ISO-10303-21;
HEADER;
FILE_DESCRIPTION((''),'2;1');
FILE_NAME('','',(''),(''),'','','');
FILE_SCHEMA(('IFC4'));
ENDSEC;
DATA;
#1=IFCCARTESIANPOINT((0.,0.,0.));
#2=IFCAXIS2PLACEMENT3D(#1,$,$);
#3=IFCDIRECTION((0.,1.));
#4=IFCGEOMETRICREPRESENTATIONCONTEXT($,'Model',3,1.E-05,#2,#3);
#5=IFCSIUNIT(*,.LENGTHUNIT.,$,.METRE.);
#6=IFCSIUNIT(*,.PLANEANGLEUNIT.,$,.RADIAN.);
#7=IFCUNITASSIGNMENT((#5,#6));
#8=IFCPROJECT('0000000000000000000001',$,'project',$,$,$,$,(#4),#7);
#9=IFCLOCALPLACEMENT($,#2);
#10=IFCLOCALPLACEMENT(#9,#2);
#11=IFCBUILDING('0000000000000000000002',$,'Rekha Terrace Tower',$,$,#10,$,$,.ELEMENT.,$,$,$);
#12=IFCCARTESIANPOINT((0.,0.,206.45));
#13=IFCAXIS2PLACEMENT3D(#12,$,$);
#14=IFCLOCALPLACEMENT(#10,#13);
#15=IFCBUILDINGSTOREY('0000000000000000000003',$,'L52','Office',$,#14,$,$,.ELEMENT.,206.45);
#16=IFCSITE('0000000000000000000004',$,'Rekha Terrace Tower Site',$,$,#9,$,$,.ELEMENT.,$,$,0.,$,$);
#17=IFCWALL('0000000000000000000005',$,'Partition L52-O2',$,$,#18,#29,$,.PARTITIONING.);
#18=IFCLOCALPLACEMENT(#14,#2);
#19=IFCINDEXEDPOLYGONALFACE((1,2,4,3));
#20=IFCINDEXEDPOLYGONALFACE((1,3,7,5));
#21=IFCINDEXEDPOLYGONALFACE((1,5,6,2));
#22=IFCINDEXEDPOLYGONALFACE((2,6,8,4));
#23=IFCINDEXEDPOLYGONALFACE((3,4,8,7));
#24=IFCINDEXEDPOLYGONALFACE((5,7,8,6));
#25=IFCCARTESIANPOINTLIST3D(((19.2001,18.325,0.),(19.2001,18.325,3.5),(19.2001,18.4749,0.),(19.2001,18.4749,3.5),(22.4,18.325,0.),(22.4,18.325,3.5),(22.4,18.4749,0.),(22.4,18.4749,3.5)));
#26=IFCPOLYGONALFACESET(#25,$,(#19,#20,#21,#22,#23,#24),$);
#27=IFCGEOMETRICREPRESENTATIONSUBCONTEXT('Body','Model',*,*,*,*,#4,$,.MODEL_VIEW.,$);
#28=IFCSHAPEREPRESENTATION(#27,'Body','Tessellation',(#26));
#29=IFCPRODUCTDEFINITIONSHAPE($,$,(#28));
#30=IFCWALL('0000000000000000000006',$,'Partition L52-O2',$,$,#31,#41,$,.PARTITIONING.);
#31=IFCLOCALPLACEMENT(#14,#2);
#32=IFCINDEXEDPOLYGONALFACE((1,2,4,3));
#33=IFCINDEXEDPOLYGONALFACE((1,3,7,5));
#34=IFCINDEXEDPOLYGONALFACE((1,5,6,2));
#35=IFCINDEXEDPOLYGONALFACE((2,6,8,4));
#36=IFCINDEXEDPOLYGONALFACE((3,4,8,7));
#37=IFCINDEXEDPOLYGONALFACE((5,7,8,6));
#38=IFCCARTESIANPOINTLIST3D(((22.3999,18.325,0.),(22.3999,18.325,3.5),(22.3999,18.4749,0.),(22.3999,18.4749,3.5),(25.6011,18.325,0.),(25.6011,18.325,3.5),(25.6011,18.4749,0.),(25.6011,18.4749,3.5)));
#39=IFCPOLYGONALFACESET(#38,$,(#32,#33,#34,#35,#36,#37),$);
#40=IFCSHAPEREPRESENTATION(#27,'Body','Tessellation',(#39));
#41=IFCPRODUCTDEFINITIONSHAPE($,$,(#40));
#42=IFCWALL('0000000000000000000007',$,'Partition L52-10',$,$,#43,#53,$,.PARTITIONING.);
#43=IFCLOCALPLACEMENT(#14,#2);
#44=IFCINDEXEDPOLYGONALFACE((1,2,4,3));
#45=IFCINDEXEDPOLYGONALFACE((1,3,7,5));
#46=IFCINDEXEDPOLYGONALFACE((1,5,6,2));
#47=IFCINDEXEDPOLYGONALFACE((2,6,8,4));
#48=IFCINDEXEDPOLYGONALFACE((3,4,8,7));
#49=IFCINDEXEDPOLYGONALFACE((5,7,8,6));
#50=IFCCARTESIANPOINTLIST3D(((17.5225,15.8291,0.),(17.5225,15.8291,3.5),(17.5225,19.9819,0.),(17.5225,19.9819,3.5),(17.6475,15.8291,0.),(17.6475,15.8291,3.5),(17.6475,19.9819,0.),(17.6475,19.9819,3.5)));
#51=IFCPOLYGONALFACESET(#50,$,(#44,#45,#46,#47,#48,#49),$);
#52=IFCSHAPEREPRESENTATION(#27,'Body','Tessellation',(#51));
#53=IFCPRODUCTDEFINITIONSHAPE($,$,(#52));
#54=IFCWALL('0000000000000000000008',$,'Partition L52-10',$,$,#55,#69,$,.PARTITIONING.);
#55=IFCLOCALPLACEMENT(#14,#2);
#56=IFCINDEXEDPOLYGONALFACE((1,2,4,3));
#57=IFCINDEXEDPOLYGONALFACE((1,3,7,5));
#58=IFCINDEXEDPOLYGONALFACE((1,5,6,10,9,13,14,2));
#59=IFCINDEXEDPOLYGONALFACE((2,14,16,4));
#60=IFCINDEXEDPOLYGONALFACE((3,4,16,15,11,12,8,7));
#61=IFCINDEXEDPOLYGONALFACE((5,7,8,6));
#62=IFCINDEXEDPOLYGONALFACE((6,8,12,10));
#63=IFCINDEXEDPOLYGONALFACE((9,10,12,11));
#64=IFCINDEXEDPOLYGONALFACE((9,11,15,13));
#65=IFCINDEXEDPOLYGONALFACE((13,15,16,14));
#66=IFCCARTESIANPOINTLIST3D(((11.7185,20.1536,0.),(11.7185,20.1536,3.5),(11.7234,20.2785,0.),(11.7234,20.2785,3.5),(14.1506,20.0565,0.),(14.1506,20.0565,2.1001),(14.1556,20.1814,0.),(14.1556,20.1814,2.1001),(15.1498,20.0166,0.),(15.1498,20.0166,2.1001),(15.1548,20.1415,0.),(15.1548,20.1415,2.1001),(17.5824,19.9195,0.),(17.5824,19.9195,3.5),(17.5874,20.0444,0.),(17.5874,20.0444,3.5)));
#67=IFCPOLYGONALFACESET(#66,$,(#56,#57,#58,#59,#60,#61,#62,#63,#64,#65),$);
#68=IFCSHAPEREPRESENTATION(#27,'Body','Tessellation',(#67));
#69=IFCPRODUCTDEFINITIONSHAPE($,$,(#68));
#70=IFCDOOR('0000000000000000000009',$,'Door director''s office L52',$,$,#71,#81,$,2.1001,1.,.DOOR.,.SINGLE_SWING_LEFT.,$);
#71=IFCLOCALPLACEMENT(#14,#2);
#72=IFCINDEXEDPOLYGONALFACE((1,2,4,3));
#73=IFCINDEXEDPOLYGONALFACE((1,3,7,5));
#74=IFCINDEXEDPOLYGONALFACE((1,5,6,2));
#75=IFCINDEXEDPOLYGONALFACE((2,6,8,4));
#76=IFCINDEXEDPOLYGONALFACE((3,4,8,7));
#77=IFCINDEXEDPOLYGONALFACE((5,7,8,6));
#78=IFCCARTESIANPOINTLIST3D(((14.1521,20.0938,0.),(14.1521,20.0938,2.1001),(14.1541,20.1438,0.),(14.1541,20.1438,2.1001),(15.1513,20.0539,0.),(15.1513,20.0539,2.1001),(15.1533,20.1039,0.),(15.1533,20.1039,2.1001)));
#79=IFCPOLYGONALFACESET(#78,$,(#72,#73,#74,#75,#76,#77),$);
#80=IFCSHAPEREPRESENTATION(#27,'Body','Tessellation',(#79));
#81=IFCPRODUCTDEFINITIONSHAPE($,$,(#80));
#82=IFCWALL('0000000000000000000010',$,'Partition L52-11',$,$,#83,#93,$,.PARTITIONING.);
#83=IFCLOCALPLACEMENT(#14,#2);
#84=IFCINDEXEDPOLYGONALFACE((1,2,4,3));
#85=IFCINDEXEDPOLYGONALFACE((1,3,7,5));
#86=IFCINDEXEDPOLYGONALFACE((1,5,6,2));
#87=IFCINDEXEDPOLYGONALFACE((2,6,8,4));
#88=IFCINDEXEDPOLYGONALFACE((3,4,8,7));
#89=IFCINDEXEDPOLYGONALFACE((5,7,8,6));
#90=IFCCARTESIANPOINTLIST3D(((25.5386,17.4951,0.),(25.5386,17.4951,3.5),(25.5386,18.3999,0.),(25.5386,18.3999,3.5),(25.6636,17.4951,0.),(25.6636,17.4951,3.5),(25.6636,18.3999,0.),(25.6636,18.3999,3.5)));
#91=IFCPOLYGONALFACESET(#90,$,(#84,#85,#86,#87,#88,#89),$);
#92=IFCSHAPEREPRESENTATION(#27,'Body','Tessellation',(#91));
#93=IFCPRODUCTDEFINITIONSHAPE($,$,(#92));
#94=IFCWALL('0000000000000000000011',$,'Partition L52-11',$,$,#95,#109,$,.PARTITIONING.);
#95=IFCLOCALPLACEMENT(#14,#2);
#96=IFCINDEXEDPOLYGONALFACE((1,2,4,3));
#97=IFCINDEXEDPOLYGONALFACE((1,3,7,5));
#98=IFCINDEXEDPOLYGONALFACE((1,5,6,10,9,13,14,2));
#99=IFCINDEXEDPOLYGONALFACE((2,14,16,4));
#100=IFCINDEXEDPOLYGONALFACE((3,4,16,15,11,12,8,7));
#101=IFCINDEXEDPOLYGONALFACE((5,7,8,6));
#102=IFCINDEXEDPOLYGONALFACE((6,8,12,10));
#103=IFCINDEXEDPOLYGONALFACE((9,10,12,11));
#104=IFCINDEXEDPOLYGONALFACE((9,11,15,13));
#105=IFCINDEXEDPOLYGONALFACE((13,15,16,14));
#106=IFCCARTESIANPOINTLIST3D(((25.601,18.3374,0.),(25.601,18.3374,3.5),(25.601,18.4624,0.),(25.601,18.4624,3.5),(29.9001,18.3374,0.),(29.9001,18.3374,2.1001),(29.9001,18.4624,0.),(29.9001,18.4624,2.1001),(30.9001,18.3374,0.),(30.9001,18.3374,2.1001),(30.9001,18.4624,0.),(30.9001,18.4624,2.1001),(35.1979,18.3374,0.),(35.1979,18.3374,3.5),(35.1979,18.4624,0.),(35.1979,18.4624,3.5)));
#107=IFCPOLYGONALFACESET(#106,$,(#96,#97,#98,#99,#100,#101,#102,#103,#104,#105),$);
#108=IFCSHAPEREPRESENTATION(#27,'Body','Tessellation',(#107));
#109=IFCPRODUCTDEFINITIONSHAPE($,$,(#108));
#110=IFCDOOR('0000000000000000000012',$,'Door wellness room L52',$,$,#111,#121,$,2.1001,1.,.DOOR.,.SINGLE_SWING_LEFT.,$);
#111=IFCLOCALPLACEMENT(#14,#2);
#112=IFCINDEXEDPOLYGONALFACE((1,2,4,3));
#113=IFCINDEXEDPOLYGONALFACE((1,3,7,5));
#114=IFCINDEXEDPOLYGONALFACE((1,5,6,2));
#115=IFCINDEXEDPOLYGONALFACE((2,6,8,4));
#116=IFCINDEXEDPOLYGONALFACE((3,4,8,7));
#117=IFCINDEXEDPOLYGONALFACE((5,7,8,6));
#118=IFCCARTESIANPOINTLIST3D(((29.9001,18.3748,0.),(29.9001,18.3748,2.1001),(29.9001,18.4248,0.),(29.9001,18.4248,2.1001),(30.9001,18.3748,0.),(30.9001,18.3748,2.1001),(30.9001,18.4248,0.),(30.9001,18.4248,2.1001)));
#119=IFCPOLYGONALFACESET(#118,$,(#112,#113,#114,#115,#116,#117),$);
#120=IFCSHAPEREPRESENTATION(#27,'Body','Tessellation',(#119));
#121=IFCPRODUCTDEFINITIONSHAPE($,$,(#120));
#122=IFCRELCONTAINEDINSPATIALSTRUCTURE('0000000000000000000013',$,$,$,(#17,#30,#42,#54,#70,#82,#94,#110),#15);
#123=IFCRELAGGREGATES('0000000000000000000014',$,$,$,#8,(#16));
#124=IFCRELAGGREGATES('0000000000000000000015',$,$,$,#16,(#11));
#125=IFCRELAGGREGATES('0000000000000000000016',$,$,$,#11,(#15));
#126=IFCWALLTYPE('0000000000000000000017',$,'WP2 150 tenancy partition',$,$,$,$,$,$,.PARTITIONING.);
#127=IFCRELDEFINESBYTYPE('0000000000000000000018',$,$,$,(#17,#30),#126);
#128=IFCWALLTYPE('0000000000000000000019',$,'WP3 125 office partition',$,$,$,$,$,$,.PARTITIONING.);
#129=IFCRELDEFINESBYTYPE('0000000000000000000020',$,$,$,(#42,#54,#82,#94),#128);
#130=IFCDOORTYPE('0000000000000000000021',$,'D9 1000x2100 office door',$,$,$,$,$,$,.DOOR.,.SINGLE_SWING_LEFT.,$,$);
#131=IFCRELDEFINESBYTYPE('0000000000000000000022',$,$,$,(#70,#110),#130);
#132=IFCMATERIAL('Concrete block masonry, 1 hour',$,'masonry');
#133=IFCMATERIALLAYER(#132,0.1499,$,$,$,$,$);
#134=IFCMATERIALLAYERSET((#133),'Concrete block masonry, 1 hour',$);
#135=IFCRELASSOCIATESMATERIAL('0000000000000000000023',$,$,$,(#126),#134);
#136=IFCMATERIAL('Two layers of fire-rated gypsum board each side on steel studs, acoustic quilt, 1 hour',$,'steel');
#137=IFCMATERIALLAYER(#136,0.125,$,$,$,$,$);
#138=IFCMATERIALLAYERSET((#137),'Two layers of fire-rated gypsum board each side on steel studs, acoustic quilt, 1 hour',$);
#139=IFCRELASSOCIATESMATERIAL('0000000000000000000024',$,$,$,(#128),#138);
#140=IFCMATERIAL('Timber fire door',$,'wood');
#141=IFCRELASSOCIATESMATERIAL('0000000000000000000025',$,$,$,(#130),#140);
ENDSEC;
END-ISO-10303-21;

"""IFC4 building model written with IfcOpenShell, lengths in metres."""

from ifc_helpers import new_model, si_unit, direction, frame, frame_2d, origin, place, context, subcontext, project, spatial, rectangle, extrude, material, layer, layer_set, type_object, element, fill, save


model = new_model("IFC4")

# Units and contexts
model_context = context("Model", 3, precision=1e-05, world=origin(), true_north=direction((0.0, 1.0)))
body_context = subcontext(model_context, "Body", "Model", "MODEL_VIEW")
ifc_project = project(units=[si_unit("LENGTHUNIT", "METRE"), si_unit("PLANEANGLEUNIT", "RADIAN")], contexts=[model_context])

# Site, building, storey
site_placement = place(None, origin())
site = spatial("IfcSite", under=ifc_project, at=site_placement, Name="Rekha Terrace Tower Site", CompositionType="ELEMENT", RefElevation=0.0)
building_placement = place(site_placement, origin())
building = spatial("IfcBuilding", under=site, at=building_placement, Name="Rekha Terrace Tower", CompositionType="ELEMENT")
storey_placement = place(building_placement, frame((0.0, 0.0, 206.45)))
storey = spatial("IfcBuildingStorey", under=building, at=storey_placement, Name="L52", Description="Office", CompositionType="ELEMENT", Elevation=206.45)

# Shared definitions
ifc_material_1 = material(Name="Concrete block masonry, 1 hour", Category="masonry")
ifc_layer_1 = layer(ifc_material_1, 0.1499)
ifc_layer_set_1 = layer_set([ifc_layer_1], Name="Concrete block masonry, 1 hour")
wall_type_1 = type_object("IfcWallType", Name="WP2 150 tenancy partition", PredefinedType="PARTITIONING", material=ifc_layer_set_1)

# Walls
wall_1_placement = place(storey_placement, frame((19.2, 18.3999, 0.0), z_axis=(0.0, 0.0, 1.0), x_axis=(1.0, 0.0, 0.0)))
element("IfcWall", 1, at=wall_1_placement, inside=storey, type_object=wall_type_1, Name="Partition L52-O2", PredefinedType="PARTITIONING", context=body_context, shape_type="SweptSolid", body=[
    extrude(rectangle(XDim=3.2, YDim=0.1499, at=frame_2d((1.6001, 0.0))), origin(), (0.0, 0.0, 1.0), 3.5),
])
wall_2_placement = place(storey_placement, frame((22.3999, 18.3999, 0.0), z_axis=(0.0, 0.0, 1.0), x_axis=(1.0, 0.0, 0.0)))
element("IfcWall", 2, at=wall_2_placement, inside=storey, type_object=wall_type_1, Name="Partition L52-O2", PredefinedType="PARTITIONING", context=body_context, shape_type="SweptSolid", body=[
    extrude(rectangle(XDim=3.2012, YDim=0.1499, at=frame_2d((1.6006, 0.0))), origin(), (0.0, 0.0, 1.0), 3.5),
])
ifc_material_2 = material(Name="Two layers of fire-rated gypsum board each side on steel studs, acoustic quilt, 1 hour", Category="steel")
ifc_layer_2 = layer(ifc_material_2, 0.125)
ifc_layer_set_2 = layer_set([ifc_layer_2], Name="Two layers of fire-rated gypsum board each side on steel studs, acoustic quilt, 1 hour")
wall_type_2 = type_object("IfcWallType", Name="WP3 125 office partition", PredefinedType="PARTITIONING", material=ifc_layer_set_2)
wall_3_placement = place(storey_placement, frame((17.585, 19.9819, 0.0), z_axis=(0.0, 0.0, 1.0), x_axis=(0.0, -1.0, 0.0)))
element("IfcWall", 3, at=wall_3_placement, inside=storey, type_object=wall_type_2, Name="Partition L52-10", PredefinedType="PARTITIONING", context=body_context, shape_type="SweptSolid", body=[
    extrude(rectangle(XDim=4.1528, YDim=0.125, at=frame_2d((2.0764, 0.0))), origin(), (0.0, 0.0, 1.0), 3.5),
])

# Wall, opening, door
wall_4_placement = place(storey_placement, frame((11.7209, 20.2161, 0.0), z_axis=(0.0, 0.0, 1.0), x_axis=(0.999204, -0.039895, 0.0)))
wall_4 = element("IfcWall", 4, at=wall_4_placement, inside=storey, type_object=wall_type_2, Name="Partition L52-10", PredefinedType="PARTITIONING", context=body_context, shape_type="SweptSolid", body=[
    extrude(rectangle(XDim=5.8687, YDim=0.125, at=frame_2d((2.9343, 0.0))), origin(), (0.0, 0.0, 1.0), 3.5),
])
opening_1_placement = place(wall_4_placement, frame((2.4341, 0.0, 0.0)))
opening_1 = element("IfcOpeningElement", 5, at=opening_1_placement, cuts=wall_4, PredefinedType="OPENING", context=body_context, shape_type="SweptSolid", body=[
    extrude(rectangle(XDim=1.0, YDim=2.1001, at=frame_2d((0.5, 1.05))), frame((0.0, 0.0725, 0.0), z_axis=(0.0, -1.0, 0.0), x_axis=(1.0, 0.0, 0.0)), (0.0, 0.0, 1.0), 0.145),
])
ifc_material_3 = material(Name="Timber fire door", Category="wood")
door_type_1 = type_object("IfcDoorType", Name="D9 1000x2100 office door", OperationType="SINGLE_SWING_LEFT", PredefinedType="DOOR", material=ifc_material_3)
door_1_placement = place(opening_1_placement, origin())
door_1 = element("IfcDoor", 6, at=door_1_placement, inside=storey, type_object=door_type_1, Name="Door director's office L52", OperationType="SINGLE_SWING_LEFT", OverallHeight=2.1001, OverallWidth=1.0, PredefinedType="DOOR", context=body_context, shape_type="SweptSolid", body=[
    extrude(rectangle(XDim=1.0, YDim=2.1001, at=frame_2d((0.5, 1.05))), frame((0.0, 0.0249, 0.0), z_axis=(0.0, -1.0, 0.0), x_axis=(1.0, 0.0, 0.0)), (0.0, 0.0, 1.0), 0.05),
])
fill(opening_1, door_1)

# Wall
wall_5_placement = place(storey_placement, frame((25.6011, 17.4951, 0.0), z_axis=(0.0, 0.0, 1.0), x_axis=(0.0, 1.0, 0.0)))
element("IfcWall", 7, at=wall_5_placement, inside=storey, type_object=wall_type_2, Name="Partition L52-11", PredefinedType="PARTITIONING", context=body_context, shape_type="SweptSolid", body=[
    extrude(rectangle(XDim=0.9048, YDim=0.125, at=frame_2d((0.4524, 0.0))), origin(), (0.0, 0.0, 1.0), 3.5),
])

# Wall, opening, door
wall_6_placement = place(storey_placement, frame((25.6011, 18.3999, 0.0), z_axis=(0.0, 0.0, 1.0), x_axis=(1.0, 0.0, 0.0)))
wall_6 = element("IfcWall", 8, at=wall_6_placement, inside=storey, type_object=wall_type_2, Name="Partition L52-11", PredefinedType="PARTITIONING", context=body_context, shape_type="SweptSolid", body=[
    extrude(rectangle(XDim=9.5969, YDim=0.125, at=frame_2d((4.7983, 0.0))), origin(), (0.0, 0.0, 1.0), 3.5),
])
opening_2_placement = place(wall_6_placement, frame((4.2991, 0.0, 0.0)))
opening_2 = element("IfcOpeningElement", 9, at=opening_2_placement, cuts=wall_6, PredefinedType="OPENING", context=body_context, shape_type="SweptSolid", body=[
    extrude(rectangle(XDim=1.0, YDim=2.1001, at=frame_2d((0.5, 1.05))), frame((0.0, 0.0725, 0.0), z_axis=(0.0, -1.0, 0.0), x_axis=(1.0, 0.0, 0.0)), (0.0, 0.0, 1.0), 0.145),
])
door_2_placement = place(opening_2_placement, origin())
door_2 = element("IfcDoor", 10, at=door_2_placement, inside=storey, type_object=door_type_1, Name="Door wellness room L52", OperationType="SINGLE_SWING_LEFT", OverallHeight=2.1001, OverallWidth=1.0, PredefinedType="DOOR", context=body_context, shape_type="SweptSolid", body=[
    extrude(rectangle(XDim=1.0, YDim=2.1001, at=frame_2d((0.5, 1.05))), frame((0.0, 0.0249, 0.0), z_axis=(0.0, -1.0, 0.0), x_axis=(1.0, 0.0, 0.0)), (0.0, 0.0, 1.0), 0.05),
])
fill(opening_2, door_2)

save(model, "model.ifc")
